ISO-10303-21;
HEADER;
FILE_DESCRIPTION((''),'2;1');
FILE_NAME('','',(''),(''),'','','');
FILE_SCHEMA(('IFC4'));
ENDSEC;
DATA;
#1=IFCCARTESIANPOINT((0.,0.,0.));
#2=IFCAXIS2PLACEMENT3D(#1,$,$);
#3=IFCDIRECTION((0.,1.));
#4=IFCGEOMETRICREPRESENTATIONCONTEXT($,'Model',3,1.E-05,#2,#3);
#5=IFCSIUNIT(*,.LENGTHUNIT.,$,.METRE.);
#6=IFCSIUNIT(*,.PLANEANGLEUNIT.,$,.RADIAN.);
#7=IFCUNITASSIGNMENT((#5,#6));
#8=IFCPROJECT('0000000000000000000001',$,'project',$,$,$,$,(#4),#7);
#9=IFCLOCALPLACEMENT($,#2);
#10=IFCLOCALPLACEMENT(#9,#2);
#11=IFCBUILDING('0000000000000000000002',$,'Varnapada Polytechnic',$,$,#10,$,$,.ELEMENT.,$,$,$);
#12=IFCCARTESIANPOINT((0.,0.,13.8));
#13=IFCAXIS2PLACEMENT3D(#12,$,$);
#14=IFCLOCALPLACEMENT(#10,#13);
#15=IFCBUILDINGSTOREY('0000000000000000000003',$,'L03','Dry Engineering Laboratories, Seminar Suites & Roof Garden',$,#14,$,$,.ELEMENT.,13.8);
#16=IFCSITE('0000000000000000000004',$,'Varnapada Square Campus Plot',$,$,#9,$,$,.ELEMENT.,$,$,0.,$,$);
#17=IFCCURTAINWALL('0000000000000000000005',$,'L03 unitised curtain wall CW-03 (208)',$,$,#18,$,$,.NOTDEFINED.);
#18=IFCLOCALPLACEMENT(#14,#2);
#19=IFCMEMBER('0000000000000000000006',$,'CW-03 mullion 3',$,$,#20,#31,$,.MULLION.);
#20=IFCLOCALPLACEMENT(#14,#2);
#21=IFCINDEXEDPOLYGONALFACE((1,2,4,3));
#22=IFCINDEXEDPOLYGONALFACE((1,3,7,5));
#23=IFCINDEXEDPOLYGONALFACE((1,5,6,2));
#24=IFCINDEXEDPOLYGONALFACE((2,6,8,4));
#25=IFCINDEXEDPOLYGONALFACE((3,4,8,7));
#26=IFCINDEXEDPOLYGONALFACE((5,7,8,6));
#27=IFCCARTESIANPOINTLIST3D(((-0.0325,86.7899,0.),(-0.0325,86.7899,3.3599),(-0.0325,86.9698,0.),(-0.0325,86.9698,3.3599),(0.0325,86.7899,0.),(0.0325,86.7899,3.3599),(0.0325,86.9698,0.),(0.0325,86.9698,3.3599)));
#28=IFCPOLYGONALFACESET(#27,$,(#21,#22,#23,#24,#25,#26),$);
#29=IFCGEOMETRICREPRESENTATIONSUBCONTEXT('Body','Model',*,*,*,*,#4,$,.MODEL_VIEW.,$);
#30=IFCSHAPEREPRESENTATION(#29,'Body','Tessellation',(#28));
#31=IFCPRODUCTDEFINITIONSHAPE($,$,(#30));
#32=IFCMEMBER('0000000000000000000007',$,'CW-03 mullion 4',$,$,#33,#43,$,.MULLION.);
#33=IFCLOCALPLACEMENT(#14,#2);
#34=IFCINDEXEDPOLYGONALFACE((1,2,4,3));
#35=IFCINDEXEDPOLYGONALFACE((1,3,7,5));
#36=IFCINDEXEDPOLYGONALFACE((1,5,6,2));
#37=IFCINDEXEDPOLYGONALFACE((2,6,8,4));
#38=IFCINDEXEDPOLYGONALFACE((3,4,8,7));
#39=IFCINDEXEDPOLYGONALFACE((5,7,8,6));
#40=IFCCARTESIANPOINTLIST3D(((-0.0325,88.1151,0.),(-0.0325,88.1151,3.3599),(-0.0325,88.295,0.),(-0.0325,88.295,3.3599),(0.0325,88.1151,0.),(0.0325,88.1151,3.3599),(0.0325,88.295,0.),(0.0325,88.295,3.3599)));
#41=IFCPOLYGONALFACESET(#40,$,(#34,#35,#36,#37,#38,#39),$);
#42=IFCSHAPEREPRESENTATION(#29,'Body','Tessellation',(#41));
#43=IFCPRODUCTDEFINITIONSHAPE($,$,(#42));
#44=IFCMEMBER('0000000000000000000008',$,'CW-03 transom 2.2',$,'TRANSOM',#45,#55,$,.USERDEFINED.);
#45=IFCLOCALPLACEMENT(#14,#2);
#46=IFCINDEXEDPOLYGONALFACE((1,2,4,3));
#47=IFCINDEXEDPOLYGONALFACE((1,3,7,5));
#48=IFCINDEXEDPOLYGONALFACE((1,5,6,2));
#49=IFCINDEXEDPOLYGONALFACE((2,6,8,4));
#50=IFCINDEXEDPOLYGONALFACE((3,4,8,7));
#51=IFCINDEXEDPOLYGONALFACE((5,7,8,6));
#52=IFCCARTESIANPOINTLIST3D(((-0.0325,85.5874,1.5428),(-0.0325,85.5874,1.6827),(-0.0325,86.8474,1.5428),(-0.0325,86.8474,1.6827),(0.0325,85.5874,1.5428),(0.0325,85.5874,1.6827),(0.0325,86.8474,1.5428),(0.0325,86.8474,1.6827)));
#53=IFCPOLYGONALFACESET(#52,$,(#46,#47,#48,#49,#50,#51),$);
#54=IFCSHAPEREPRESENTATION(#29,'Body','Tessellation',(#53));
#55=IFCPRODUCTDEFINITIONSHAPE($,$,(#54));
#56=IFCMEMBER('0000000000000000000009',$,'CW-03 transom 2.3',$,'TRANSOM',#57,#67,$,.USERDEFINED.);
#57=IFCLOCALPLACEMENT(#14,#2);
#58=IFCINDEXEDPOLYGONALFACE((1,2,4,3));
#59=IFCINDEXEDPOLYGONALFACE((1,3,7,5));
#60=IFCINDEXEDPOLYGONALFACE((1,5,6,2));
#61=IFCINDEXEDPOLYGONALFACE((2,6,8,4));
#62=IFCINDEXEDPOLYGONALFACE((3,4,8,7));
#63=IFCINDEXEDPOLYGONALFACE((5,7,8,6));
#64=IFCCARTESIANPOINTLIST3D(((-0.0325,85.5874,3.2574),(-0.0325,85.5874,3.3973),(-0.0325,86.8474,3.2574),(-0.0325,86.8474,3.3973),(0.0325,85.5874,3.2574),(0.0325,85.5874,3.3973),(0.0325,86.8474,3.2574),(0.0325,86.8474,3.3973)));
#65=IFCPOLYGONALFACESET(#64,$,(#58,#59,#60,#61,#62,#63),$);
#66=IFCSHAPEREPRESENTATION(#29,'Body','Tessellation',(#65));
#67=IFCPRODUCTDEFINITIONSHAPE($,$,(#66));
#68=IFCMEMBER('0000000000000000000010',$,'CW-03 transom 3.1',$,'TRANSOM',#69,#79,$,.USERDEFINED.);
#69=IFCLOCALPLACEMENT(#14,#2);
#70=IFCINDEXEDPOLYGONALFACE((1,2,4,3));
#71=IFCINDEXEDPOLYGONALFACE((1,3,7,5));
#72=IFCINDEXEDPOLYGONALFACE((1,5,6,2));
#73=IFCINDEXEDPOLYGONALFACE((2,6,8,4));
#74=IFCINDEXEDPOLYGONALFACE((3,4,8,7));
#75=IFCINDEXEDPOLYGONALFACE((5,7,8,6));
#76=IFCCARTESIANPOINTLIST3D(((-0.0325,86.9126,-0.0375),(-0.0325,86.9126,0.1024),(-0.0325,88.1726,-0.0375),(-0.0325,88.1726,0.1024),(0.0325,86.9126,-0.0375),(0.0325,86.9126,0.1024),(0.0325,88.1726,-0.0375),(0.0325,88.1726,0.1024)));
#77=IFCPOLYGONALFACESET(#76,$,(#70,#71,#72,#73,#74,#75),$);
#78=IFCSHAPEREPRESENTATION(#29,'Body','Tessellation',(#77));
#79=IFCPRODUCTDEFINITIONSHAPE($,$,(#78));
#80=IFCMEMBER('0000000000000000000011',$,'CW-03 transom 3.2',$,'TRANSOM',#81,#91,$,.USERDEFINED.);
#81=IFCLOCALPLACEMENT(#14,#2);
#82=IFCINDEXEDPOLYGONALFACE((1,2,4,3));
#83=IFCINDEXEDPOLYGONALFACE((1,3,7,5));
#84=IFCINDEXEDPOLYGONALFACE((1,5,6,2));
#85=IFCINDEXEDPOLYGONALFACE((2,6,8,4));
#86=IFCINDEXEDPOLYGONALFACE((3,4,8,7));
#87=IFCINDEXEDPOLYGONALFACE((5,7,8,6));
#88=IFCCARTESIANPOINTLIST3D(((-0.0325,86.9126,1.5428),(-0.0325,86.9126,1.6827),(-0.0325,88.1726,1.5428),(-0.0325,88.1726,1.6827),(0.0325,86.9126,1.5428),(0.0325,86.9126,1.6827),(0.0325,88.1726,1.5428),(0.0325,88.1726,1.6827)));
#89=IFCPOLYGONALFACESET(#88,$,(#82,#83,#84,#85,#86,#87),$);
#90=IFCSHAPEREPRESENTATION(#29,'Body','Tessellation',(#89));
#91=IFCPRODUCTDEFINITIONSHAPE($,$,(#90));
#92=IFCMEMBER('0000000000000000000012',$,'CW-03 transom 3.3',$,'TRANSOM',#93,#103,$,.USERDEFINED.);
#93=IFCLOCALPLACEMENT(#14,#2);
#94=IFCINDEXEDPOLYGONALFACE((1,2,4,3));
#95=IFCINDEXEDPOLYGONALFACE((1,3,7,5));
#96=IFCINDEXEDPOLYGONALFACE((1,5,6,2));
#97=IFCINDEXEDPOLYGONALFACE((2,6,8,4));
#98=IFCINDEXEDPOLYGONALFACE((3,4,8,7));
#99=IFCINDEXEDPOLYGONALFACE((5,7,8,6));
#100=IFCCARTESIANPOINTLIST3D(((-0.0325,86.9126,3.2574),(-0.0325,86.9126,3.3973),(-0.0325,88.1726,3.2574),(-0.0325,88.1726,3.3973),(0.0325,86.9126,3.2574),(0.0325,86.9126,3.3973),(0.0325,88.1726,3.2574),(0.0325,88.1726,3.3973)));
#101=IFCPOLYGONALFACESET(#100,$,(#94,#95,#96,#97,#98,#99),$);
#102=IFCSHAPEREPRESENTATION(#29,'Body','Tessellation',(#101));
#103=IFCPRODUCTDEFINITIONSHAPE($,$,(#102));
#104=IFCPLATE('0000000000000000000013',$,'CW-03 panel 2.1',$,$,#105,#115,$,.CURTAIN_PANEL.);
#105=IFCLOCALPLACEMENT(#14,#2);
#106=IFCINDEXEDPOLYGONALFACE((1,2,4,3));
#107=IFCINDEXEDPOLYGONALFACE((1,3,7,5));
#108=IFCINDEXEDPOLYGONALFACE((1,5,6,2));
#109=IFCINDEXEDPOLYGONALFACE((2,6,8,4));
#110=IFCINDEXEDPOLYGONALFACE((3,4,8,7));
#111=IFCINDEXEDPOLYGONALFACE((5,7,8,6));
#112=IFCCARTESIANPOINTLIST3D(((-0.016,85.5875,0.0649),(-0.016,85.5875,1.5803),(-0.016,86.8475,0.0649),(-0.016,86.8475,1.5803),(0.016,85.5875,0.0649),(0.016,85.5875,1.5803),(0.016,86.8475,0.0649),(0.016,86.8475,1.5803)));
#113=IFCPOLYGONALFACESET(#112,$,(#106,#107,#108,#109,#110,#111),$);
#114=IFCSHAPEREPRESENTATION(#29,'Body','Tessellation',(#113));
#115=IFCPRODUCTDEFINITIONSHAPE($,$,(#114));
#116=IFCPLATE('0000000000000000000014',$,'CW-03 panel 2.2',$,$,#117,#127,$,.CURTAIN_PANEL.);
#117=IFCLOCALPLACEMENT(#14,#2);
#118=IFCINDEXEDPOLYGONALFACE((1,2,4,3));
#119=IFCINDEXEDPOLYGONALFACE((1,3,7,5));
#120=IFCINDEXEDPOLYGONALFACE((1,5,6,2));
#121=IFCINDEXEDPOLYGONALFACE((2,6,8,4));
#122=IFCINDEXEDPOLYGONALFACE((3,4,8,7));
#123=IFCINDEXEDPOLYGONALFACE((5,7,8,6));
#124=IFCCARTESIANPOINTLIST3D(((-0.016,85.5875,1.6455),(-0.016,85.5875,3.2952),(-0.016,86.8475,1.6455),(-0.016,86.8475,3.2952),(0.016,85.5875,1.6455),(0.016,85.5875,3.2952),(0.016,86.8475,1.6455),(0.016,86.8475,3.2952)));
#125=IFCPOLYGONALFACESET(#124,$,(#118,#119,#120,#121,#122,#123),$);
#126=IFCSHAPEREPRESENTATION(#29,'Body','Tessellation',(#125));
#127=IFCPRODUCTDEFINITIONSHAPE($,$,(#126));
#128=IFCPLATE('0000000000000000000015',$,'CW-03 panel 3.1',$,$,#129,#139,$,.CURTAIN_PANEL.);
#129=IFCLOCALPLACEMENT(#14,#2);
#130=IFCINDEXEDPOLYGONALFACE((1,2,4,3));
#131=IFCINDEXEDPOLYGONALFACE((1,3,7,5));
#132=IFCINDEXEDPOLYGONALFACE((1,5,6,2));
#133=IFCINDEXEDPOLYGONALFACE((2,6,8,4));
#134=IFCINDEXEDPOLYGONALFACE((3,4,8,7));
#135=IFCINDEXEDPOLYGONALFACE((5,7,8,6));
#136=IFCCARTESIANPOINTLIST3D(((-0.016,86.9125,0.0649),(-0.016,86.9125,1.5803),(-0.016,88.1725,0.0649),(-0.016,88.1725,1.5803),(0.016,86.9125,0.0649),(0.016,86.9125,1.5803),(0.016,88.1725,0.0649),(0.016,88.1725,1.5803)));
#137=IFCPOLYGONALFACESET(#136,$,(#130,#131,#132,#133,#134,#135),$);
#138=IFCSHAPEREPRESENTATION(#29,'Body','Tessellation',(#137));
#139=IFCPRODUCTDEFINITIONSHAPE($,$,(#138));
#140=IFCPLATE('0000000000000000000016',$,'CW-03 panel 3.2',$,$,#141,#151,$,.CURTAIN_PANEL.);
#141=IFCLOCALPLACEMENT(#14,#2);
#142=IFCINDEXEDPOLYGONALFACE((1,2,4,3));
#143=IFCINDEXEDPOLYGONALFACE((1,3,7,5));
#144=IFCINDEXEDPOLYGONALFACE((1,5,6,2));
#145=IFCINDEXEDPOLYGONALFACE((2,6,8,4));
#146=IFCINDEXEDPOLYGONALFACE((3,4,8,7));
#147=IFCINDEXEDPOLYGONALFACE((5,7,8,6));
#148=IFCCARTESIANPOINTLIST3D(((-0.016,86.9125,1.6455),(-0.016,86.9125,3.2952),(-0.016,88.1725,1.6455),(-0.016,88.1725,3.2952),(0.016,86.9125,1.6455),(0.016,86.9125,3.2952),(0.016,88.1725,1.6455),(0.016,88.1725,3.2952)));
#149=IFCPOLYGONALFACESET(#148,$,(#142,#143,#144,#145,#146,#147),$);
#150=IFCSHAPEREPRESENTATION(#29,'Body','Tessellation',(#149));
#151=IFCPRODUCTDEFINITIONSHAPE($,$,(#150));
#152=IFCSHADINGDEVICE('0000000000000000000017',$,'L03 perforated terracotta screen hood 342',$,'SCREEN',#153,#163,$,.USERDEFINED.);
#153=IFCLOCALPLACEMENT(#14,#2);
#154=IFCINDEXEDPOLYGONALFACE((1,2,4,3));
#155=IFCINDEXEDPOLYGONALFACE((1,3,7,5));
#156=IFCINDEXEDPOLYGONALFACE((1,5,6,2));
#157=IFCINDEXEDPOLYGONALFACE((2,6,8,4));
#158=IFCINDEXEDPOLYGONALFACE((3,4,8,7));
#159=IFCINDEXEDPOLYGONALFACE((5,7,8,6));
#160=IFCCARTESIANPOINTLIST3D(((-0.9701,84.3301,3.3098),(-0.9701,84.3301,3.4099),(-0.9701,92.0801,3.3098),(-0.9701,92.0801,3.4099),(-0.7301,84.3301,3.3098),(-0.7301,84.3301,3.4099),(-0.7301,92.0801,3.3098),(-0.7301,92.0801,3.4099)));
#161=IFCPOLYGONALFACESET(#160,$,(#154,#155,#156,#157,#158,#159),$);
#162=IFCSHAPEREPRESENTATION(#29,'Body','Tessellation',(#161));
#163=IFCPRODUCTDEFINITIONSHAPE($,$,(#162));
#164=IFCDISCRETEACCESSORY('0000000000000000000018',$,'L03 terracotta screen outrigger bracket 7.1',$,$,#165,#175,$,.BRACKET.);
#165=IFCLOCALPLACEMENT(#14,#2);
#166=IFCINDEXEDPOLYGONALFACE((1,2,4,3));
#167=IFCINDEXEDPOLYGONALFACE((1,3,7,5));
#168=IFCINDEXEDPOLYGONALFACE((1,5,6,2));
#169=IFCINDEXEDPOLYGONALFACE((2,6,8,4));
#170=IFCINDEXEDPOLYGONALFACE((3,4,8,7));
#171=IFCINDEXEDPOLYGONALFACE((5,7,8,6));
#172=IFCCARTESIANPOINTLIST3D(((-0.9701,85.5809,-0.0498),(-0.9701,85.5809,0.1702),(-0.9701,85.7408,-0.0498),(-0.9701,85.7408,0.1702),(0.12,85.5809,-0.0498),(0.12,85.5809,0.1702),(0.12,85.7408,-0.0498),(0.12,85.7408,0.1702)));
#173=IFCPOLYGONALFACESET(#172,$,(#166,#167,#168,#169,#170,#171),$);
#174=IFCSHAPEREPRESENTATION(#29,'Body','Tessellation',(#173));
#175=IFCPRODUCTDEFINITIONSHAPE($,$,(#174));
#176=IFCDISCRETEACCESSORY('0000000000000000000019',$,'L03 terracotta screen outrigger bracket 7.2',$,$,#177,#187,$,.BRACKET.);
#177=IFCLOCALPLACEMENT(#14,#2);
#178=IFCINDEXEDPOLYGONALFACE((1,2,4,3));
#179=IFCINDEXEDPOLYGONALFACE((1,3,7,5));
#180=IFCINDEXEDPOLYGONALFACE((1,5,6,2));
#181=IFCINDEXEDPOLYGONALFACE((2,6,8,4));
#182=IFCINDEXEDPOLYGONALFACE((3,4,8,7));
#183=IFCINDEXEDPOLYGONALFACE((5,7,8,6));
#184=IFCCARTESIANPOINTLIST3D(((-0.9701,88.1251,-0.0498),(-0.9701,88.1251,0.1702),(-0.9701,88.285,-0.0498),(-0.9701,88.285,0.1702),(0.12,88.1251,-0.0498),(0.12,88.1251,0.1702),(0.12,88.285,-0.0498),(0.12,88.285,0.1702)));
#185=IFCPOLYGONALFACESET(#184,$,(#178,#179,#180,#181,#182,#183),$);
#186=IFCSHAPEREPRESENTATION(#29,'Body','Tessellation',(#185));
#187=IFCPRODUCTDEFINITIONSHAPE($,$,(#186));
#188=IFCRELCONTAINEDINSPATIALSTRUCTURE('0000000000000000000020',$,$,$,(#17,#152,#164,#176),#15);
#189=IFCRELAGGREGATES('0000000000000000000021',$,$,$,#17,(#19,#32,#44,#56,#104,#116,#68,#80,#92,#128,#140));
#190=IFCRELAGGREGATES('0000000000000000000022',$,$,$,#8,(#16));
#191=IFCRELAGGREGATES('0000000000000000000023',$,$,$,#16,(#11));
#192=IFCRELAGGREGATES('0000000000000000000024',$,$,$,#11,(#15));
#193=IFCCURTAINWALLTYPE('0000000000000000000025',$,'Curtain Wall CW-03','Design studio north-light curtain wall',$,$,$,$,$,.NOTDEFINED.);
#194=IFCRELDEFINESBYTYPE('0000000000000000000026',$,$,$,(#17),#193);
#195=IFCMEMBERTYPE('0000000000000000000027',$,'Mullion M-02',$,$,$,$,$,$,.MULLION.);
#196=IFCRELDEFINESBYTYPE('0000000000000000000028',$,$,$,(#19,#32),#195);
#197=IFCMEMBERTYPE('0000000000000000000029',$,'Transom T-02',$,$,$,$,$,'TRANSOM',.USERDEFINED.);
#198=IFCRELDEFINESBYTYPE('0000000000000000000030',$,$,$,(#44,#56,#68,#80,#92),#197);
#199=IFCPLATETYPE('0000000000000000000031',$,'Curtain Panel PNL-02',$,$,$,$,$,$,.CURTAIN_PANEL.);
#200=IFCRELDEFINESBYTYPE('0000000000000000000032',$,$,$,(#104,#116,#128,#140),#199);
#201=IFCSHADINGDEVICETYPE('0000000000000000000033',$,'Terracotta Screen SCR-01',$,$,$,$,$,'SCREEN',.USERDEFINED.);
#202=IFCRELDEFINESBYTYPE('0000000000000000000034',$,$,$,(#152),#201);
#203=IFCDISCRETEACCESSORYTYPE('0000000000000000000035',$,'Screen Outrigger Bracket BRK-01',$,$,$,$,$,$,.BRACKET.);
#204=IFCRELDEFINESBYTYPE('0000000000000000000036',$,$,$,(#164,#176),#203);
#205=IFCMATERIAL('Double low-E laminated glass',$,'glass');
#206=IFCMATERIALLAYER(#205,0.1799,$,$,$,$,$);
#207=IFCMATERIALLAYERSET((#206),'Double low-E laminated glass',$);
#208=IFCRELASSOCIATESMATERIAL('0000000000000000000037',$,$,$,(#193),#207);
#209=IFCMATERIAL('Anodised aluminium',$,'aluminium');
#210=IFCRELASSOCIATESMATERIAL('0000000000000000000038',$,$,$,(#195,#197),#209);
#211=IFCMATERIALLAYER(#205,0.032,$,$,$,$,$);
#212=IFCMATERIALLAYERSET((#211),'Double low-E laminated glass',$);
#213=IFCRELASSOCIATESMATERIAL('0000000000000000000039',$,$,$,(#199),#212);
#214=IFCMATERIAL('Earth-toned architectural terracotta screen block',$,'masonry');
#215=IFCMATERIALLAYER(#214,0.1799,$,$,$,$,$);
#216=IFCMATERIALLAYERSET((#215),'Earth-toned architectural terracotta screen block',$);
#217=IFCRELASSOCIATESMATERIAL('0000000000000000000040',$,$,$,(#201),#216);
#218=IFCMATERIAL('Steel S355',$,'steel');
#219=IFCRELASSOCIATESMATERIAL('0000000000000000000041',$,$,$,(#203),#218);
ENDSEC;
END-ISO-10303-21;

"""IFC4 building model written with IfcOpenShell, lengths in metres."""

from ifc_helpers import new_model, si_unit, direction, frame, origin, origin_2d, place, context, subcontext, project, spatial, rectangle, extrude, material, layer, layer_set, material_profile, profile_set, type_object, element, aggregate, save


model = new_model("IFC4")

# Units and contexts
model_context = context("Model", 3, precision=1e-05, world=origin(), true_north=direction((0.0, 1.0)))
body_context = subcontext(model_context, "Body", "Model", "MODEL_VIEW")
ifc_project = project(units=[si_unit("LENGTHUNIT", "METRE"), si_unit("PLANEANGLEUNIT", "RADIAN")], contexts=[model_context])

# Site, building, storey
site_placement = place(None, origin())
site = spatial("IfcSite", under=ifc_project, at=site_placement, Name="Varnapada Square Campus Plot", CompositionType="ELEMENT", RefElevation=0.0)
building_placement = place(site_placement, origin())
building = spatial("IfcBuilding", under=site, at=building_placement, Name="Varnapada Polytechnic", CompositionType="ELEMENT")
storey_placement = place(building_placement, frame((0.0, 0.0, 13.8)))
storey = spatial("IfcBuildingStorey", under=building, at=storey_placement, Name="L03", Description="Dry Engineering Laboratories, Seminar Suites & Roof Garden", CompositionType="ELEMENT", Elevation=13.8)

# Curtain wall, members, plates
ifc_material_1 = material(Name="Double low-E laminated glass", Category="glass")
ifc_layer_1 = layer(ifc_material_1, 0.1799)
ifc_layer_set_1 = layer_set([ifc_layer_1], Name="Double low-E laminated glass")
curtain_wall_type = type_object("IfcCurtainWallType", Name="Curtain Wall CW-03", Description="Design studio north-light curtain wall", PredefinedType="NOTDEFINED", material=ifc_layer_set_1)
curtain_wall_placement = place(storey_placement, origin())
curtain_wall = element("IfcCurtainWall", 1, at=curtain_wall_placement, inside=storey, type_object=curtain_wall_type, Name="L03 unitised curtain wall CW-03 (208)", PredefinedType="NOTDEFINED")
ifc_material_2 = material(Name="Anodised aluminium", Category="aluminium")
ifc_material_profile_1 = material_profile(ifc_material_2, rectangle(XDim=0.0649, YDim=0.1799, at=origin_2d()), Name="ALU M65x180")
ifc_profile_set_1 = profile_set([ifc_material_profile_1], Name="Anodised aluminium")
member_type_1 = type_object("IfcMemberType", Name="Mullion M-02", PredefinedType="MULLION", material=ifc_profile_set_1)
member_1_placement = place(storey_placement, frame((0.0, 86.8799, 0.0), z_axis=(0.0, 0.0, 1.0), x_axis=(-1.0, 0.0, 0.0)))
member_1 = element("IfcMember", 2, at=member_1_placement, type_object=member_type_1, Name="CW-03 mullion 3", PredefinedType="MULLION", context=body_context, shape_type="SweptSolid", body=[
    extrude(rectangle(XDim=0.0649, YDim=0.1799, at=origin_2d()), origin(), (0.0, 0.0, 1.0), 3.3599),
])
member_2_placement = place(storey_placement, frame((0.0, 88.2051, 0.0), z_axis=(0.0, 0.0, 1.0), x_axis=(-1.0, 0.0, 0.0)))
member_2 = element("IfcMember", 3, at=member_2_placement, type_object=member_type_1, Name="CW-03 mullion 4", PredefinedType="MULLION", context=body_context, shape_type="SweptSolid", body=[
    extrude(rectangle(XDim=0.0649, YDim=0.1799, at=origin_2d()), origin(), (0.0, 0.0, 1.0), 3.3599),
])
ifc_material_profile_2 = material_profile(ifc_material_2, rectangle(XDim=0.0649, YDim=0.1399, at=origin_2d()), Name="ALU T65x140")
ifc_profile_set_2 = profile_set([ifc_material_profile_2], Name="Anodised aluminium")
member_type_2 = type_object("IfcMemberType", Name="Transom T-02", ElementType="TRANSOM", PredefinedType="USERDEFINED", material=ifc_profile_set_2)
member_3_placement = place(storey_placement, frame((0.0, 85.5874, 1.6128), z_axis=(0.0, 1.0, 0.0), x_axis=(-1.0, 0.0, 0.0)))
member_3 = element("IfcMember", 4, at=member_3_placement, type_object=member_type_2, Name="CW-03 transom 2.2", ObjectType="TRANSOM", PredefinedType="USERDEFINED", context=body_context, shape_type="SweptSolid", body=[
    extrude(rectangle(XDim=0.0649, YDim=0.1399, at=origin_2d()), origin(), (0.0, 0.0, 1.0), 1.26),
])
member_4_placement = place(storey_placement, frame((0.0, 85.5874, 3.3274), z_axis=(0.0, 1.0, 0.0), x_axis=(-1.0, 0.0, 0.0)))
member_4 = element("IfcMember", 5, at=member_4_placement, type_object=member_type_2, Name="CW-03 transom 2.3", ObjectType="TRANSOM", PredefinedType="USERDEFINED", context=body_context, shape_type="SweptSolid", body=[
    extrude(rectangle(XDim=0.0649, YDim=0.1399, at=origin_2d()), origin(), (0.0, 0.0, 1.0), 1.26),
])
member_5_placement = place(storey_placement, frame((0.0, 86.9126, 0.0325), z_axis=(0.0, 1.0, 0.0), x_axis=(-1.0, 0.0, 0.0)))
member_5 = element("IfcMember", 6, at=member_5_placement, type_object=member_type_2, Name="CW-03 transom 3.1", ObjectType="TRANSOM", PredefinedType="USERDEFINED", context=body_context, shape_type="SweptSolid", body=[
    extrude(rectangle(XDim=0.0649, YDim=0.1399, at=origin_2d()), origin(), (0.0, 0.0, 1.0), 1.26),
])
member_6_placement = place(storey_placement, frame((0.0, 86.9126, 1.6128), z_axis=(0.0, 1.0, 0.0), x_axis=(-1.0, 0.0, 0.0)))
member_6 = element("IfcMember", 7, at=member_6_placement, type_object=member_type_2, Name="CW-03 transom 3.2", ObjectType="TRANSOM", PredefinedType="USERDEFINED", context=body_context, shape_type="SweptSolid", body=[
    extrude(rectangle(XDim=0.0649, YDim=0.1399, at=origin_2d()), origin(), (0.0, 0.0, 1.0), 1.26),
])
member_7_placement = place(storey_placement, frame((0.0, 86.9126, 3.3274), z_axis=(0.0, 1.0, 0.0), x_axis=(-1.0, 0.0, 0.0)))
member_7 = element("IfcMember", 8, at=member_7_placement, type_object=member_type_2, Name="CW-03 transom 3.3", ObjectType="TRANSOM", PredefinedType="USERDEFINED", context=body_context, shape_type="SweptSolid", body=[
    extrude(rectangle(XDim=0.0649, YDim=0.1399, at=origin_2d()), origin(), (0.0, 0.0, 1.0), 1.26),
])
ifc_layer_2 = layer(ifc_material_1, 0.032)
ifc_layer_set_2 = layer_set([ifc_layer_2], Name="Double low-E laminated glass")
plate_type = type_object("IfcPlateType", Name="Curtain Panel PNL-02", PredefinedType="CURTAIN_PANEL", material=ifc_layer_set_2)
plate_1_placement = place(storey_placement, frame((0.0, 86.2175, 0.0649), z_axis=(0.0, 0.0, 1.0), x_axis=(0.0, 1.0, 0.0)))
plate_1 = element("IfcPlate", 9, at=plate_1_placement, type_object=plate_type, Name="CW-03 panel 2.1", PredefinedType="CURTAIN_PANEL", context=body_context, shape_type="SweptSolid", body=[
    extrude(rectangle(XDim=1.26, YDim=0.032, at=origin_2d()), origin(), (0.0, 0.0, 1.0), 1.5154),
])
plate_2_placement = place(storey_placement, frame((0.0, 86.2175, 1.6455), z_axis=(0.0, 0.0, 1.0), x_axis=(0.0, 1.0, 0.0)))
plate_2 = element("IfcPlate", 10, at=plate_2_placement, type_object=plate_type, Name="CW-03 panel 2.2", PredefinedType="CURTAIN_PANEL", context=body_context, shape_type="SweptSolid", body=[
    extrude(rectangle(XDim=1.26, YDim=0.032, at=origin_2d()), origin(), (0.0, 0.0, 1.0), 1.6497),
])
plate_3_placement = place(storey_placement, frame((0.0, 87.5425, 0.0649), z_axis=(0.0, 0.0, 1.0), x_axis=(0.0, 1.0, 0.0)))
plate_3 = element("IfcPlate", 11, at=plate_3_placement, type_object=plate_type, Name="CW-03 panel 3.1", PredefinedType="CURTAIN_PANEL", context=body_context, shape_type="SweptSolid", body=[
    extrude(rectangle(XDim=1.26, YDim=0.032, at=origin_2d()), origin(), (0.0, 0.0, 1.0), 1.5154),
])
plate_4_placement = place(storey_placement, frame((0.0, 87.5425, 1.6455), z_axis=(0.0, 0.0, 1.0), x_axis=(0.0, 1.0, 0.0)))
plate_4 = element("IfcPlate", 12, at=plate_4_placement, type_object=plate_type, Name="CW-03 panel 3.2", PredefinedType="CURTAIN_PANEL", context=body_context, shape_type="SweptSolid", body=[
    extrude(rectangle(XDim=1.26, YDim=0.032, at=origin_2d()), origin(), (0.0, 0.0, 1.0), 1.6497),
])
aggregate(curtain_wall, [member_1, member_2, member_3, member_4, plate_1, plate_2, member_5, member_6, member_7, plate_3, plate_4])

# Shading device
ifc_material_3 = material(Name="Earth-toned architectural terracotta screen block", Category="masonry")
ifc_layer_3 = layer(ifc_material_3, 0.1799)
ifc_layer_set_3 = layer_set([ifc_layer_3], Name="Earth-toned architectural terracotta screen block")
shading_device_type = type_object("IfcShadingDeviceType", Name="Terracotta Screen SCR-01", ElementType="SCREEN", PredefinedType="USERDEFINED", material=ifc_layer_set_3)
shading_device_placement = place(storey_placement, frame((-0.8501, 88.2051, 3.3098), z_axis=(0.0, 0.0, 1.0), x_axis=(0.0, 1.0, 0.0)))
element("IfcShadingDevice", 13, at=shading_device_placement, inside=storey, type_object=shading_device_type, Name="L03 perforated terracotta screen hood 342", ObjectType="SCREEN", PredefinedType="USERDEFINED", context=body_context, shape_type="SweptSolid", body=[
    extrude(rectangle(XDim=7.75, YDim=0.24, at=origin_2d()), origin(), (0.0, 0.0, 1.0), 0.1001),
])

# Discrete accessories
ifc_material_4 = material(Name="Steel S355", Category="steel")
discrete_accessory_type = type_object("IfcDiscreteAccessoryType", Name="Screen Outrigger Bracket BRK-01", PredefinedType="BRACKET", material=ifc_material_4)
for number, where, z_axis, x_axis, name in (
    (14, (-0.425, 85.6609, -0.0498), (0.0, 0.0, 1.0), (0.0, 1.0, 0.0), "L03 terracotta screen outrigger bracket 7.1"),
    (15, (-0.425, 88.2051, -0.0498), (0.0, 0.0, 1.0), (0.0, 1.0, 0.0), "L03 terracotta screen outrigger bracket 7.2"),
):
    element("IfcDiscreteAccessory", number, at=place(storey_placement, frame(where, z_axis=z_axis, x_axis=x_axis)), inside=storey, type_object=discrete_accessory_type, Name=name, PredefinedType="BRACKET", context=body_context, shape_type="SweptSolid", body=[
        extrude(rectangle(XDim=0.1599, YDim=1.0901, at=origin_2d()), origin(), (0.0, 0.0, 1.0), 0.22),
    ])

save(model, "model.ifc")
